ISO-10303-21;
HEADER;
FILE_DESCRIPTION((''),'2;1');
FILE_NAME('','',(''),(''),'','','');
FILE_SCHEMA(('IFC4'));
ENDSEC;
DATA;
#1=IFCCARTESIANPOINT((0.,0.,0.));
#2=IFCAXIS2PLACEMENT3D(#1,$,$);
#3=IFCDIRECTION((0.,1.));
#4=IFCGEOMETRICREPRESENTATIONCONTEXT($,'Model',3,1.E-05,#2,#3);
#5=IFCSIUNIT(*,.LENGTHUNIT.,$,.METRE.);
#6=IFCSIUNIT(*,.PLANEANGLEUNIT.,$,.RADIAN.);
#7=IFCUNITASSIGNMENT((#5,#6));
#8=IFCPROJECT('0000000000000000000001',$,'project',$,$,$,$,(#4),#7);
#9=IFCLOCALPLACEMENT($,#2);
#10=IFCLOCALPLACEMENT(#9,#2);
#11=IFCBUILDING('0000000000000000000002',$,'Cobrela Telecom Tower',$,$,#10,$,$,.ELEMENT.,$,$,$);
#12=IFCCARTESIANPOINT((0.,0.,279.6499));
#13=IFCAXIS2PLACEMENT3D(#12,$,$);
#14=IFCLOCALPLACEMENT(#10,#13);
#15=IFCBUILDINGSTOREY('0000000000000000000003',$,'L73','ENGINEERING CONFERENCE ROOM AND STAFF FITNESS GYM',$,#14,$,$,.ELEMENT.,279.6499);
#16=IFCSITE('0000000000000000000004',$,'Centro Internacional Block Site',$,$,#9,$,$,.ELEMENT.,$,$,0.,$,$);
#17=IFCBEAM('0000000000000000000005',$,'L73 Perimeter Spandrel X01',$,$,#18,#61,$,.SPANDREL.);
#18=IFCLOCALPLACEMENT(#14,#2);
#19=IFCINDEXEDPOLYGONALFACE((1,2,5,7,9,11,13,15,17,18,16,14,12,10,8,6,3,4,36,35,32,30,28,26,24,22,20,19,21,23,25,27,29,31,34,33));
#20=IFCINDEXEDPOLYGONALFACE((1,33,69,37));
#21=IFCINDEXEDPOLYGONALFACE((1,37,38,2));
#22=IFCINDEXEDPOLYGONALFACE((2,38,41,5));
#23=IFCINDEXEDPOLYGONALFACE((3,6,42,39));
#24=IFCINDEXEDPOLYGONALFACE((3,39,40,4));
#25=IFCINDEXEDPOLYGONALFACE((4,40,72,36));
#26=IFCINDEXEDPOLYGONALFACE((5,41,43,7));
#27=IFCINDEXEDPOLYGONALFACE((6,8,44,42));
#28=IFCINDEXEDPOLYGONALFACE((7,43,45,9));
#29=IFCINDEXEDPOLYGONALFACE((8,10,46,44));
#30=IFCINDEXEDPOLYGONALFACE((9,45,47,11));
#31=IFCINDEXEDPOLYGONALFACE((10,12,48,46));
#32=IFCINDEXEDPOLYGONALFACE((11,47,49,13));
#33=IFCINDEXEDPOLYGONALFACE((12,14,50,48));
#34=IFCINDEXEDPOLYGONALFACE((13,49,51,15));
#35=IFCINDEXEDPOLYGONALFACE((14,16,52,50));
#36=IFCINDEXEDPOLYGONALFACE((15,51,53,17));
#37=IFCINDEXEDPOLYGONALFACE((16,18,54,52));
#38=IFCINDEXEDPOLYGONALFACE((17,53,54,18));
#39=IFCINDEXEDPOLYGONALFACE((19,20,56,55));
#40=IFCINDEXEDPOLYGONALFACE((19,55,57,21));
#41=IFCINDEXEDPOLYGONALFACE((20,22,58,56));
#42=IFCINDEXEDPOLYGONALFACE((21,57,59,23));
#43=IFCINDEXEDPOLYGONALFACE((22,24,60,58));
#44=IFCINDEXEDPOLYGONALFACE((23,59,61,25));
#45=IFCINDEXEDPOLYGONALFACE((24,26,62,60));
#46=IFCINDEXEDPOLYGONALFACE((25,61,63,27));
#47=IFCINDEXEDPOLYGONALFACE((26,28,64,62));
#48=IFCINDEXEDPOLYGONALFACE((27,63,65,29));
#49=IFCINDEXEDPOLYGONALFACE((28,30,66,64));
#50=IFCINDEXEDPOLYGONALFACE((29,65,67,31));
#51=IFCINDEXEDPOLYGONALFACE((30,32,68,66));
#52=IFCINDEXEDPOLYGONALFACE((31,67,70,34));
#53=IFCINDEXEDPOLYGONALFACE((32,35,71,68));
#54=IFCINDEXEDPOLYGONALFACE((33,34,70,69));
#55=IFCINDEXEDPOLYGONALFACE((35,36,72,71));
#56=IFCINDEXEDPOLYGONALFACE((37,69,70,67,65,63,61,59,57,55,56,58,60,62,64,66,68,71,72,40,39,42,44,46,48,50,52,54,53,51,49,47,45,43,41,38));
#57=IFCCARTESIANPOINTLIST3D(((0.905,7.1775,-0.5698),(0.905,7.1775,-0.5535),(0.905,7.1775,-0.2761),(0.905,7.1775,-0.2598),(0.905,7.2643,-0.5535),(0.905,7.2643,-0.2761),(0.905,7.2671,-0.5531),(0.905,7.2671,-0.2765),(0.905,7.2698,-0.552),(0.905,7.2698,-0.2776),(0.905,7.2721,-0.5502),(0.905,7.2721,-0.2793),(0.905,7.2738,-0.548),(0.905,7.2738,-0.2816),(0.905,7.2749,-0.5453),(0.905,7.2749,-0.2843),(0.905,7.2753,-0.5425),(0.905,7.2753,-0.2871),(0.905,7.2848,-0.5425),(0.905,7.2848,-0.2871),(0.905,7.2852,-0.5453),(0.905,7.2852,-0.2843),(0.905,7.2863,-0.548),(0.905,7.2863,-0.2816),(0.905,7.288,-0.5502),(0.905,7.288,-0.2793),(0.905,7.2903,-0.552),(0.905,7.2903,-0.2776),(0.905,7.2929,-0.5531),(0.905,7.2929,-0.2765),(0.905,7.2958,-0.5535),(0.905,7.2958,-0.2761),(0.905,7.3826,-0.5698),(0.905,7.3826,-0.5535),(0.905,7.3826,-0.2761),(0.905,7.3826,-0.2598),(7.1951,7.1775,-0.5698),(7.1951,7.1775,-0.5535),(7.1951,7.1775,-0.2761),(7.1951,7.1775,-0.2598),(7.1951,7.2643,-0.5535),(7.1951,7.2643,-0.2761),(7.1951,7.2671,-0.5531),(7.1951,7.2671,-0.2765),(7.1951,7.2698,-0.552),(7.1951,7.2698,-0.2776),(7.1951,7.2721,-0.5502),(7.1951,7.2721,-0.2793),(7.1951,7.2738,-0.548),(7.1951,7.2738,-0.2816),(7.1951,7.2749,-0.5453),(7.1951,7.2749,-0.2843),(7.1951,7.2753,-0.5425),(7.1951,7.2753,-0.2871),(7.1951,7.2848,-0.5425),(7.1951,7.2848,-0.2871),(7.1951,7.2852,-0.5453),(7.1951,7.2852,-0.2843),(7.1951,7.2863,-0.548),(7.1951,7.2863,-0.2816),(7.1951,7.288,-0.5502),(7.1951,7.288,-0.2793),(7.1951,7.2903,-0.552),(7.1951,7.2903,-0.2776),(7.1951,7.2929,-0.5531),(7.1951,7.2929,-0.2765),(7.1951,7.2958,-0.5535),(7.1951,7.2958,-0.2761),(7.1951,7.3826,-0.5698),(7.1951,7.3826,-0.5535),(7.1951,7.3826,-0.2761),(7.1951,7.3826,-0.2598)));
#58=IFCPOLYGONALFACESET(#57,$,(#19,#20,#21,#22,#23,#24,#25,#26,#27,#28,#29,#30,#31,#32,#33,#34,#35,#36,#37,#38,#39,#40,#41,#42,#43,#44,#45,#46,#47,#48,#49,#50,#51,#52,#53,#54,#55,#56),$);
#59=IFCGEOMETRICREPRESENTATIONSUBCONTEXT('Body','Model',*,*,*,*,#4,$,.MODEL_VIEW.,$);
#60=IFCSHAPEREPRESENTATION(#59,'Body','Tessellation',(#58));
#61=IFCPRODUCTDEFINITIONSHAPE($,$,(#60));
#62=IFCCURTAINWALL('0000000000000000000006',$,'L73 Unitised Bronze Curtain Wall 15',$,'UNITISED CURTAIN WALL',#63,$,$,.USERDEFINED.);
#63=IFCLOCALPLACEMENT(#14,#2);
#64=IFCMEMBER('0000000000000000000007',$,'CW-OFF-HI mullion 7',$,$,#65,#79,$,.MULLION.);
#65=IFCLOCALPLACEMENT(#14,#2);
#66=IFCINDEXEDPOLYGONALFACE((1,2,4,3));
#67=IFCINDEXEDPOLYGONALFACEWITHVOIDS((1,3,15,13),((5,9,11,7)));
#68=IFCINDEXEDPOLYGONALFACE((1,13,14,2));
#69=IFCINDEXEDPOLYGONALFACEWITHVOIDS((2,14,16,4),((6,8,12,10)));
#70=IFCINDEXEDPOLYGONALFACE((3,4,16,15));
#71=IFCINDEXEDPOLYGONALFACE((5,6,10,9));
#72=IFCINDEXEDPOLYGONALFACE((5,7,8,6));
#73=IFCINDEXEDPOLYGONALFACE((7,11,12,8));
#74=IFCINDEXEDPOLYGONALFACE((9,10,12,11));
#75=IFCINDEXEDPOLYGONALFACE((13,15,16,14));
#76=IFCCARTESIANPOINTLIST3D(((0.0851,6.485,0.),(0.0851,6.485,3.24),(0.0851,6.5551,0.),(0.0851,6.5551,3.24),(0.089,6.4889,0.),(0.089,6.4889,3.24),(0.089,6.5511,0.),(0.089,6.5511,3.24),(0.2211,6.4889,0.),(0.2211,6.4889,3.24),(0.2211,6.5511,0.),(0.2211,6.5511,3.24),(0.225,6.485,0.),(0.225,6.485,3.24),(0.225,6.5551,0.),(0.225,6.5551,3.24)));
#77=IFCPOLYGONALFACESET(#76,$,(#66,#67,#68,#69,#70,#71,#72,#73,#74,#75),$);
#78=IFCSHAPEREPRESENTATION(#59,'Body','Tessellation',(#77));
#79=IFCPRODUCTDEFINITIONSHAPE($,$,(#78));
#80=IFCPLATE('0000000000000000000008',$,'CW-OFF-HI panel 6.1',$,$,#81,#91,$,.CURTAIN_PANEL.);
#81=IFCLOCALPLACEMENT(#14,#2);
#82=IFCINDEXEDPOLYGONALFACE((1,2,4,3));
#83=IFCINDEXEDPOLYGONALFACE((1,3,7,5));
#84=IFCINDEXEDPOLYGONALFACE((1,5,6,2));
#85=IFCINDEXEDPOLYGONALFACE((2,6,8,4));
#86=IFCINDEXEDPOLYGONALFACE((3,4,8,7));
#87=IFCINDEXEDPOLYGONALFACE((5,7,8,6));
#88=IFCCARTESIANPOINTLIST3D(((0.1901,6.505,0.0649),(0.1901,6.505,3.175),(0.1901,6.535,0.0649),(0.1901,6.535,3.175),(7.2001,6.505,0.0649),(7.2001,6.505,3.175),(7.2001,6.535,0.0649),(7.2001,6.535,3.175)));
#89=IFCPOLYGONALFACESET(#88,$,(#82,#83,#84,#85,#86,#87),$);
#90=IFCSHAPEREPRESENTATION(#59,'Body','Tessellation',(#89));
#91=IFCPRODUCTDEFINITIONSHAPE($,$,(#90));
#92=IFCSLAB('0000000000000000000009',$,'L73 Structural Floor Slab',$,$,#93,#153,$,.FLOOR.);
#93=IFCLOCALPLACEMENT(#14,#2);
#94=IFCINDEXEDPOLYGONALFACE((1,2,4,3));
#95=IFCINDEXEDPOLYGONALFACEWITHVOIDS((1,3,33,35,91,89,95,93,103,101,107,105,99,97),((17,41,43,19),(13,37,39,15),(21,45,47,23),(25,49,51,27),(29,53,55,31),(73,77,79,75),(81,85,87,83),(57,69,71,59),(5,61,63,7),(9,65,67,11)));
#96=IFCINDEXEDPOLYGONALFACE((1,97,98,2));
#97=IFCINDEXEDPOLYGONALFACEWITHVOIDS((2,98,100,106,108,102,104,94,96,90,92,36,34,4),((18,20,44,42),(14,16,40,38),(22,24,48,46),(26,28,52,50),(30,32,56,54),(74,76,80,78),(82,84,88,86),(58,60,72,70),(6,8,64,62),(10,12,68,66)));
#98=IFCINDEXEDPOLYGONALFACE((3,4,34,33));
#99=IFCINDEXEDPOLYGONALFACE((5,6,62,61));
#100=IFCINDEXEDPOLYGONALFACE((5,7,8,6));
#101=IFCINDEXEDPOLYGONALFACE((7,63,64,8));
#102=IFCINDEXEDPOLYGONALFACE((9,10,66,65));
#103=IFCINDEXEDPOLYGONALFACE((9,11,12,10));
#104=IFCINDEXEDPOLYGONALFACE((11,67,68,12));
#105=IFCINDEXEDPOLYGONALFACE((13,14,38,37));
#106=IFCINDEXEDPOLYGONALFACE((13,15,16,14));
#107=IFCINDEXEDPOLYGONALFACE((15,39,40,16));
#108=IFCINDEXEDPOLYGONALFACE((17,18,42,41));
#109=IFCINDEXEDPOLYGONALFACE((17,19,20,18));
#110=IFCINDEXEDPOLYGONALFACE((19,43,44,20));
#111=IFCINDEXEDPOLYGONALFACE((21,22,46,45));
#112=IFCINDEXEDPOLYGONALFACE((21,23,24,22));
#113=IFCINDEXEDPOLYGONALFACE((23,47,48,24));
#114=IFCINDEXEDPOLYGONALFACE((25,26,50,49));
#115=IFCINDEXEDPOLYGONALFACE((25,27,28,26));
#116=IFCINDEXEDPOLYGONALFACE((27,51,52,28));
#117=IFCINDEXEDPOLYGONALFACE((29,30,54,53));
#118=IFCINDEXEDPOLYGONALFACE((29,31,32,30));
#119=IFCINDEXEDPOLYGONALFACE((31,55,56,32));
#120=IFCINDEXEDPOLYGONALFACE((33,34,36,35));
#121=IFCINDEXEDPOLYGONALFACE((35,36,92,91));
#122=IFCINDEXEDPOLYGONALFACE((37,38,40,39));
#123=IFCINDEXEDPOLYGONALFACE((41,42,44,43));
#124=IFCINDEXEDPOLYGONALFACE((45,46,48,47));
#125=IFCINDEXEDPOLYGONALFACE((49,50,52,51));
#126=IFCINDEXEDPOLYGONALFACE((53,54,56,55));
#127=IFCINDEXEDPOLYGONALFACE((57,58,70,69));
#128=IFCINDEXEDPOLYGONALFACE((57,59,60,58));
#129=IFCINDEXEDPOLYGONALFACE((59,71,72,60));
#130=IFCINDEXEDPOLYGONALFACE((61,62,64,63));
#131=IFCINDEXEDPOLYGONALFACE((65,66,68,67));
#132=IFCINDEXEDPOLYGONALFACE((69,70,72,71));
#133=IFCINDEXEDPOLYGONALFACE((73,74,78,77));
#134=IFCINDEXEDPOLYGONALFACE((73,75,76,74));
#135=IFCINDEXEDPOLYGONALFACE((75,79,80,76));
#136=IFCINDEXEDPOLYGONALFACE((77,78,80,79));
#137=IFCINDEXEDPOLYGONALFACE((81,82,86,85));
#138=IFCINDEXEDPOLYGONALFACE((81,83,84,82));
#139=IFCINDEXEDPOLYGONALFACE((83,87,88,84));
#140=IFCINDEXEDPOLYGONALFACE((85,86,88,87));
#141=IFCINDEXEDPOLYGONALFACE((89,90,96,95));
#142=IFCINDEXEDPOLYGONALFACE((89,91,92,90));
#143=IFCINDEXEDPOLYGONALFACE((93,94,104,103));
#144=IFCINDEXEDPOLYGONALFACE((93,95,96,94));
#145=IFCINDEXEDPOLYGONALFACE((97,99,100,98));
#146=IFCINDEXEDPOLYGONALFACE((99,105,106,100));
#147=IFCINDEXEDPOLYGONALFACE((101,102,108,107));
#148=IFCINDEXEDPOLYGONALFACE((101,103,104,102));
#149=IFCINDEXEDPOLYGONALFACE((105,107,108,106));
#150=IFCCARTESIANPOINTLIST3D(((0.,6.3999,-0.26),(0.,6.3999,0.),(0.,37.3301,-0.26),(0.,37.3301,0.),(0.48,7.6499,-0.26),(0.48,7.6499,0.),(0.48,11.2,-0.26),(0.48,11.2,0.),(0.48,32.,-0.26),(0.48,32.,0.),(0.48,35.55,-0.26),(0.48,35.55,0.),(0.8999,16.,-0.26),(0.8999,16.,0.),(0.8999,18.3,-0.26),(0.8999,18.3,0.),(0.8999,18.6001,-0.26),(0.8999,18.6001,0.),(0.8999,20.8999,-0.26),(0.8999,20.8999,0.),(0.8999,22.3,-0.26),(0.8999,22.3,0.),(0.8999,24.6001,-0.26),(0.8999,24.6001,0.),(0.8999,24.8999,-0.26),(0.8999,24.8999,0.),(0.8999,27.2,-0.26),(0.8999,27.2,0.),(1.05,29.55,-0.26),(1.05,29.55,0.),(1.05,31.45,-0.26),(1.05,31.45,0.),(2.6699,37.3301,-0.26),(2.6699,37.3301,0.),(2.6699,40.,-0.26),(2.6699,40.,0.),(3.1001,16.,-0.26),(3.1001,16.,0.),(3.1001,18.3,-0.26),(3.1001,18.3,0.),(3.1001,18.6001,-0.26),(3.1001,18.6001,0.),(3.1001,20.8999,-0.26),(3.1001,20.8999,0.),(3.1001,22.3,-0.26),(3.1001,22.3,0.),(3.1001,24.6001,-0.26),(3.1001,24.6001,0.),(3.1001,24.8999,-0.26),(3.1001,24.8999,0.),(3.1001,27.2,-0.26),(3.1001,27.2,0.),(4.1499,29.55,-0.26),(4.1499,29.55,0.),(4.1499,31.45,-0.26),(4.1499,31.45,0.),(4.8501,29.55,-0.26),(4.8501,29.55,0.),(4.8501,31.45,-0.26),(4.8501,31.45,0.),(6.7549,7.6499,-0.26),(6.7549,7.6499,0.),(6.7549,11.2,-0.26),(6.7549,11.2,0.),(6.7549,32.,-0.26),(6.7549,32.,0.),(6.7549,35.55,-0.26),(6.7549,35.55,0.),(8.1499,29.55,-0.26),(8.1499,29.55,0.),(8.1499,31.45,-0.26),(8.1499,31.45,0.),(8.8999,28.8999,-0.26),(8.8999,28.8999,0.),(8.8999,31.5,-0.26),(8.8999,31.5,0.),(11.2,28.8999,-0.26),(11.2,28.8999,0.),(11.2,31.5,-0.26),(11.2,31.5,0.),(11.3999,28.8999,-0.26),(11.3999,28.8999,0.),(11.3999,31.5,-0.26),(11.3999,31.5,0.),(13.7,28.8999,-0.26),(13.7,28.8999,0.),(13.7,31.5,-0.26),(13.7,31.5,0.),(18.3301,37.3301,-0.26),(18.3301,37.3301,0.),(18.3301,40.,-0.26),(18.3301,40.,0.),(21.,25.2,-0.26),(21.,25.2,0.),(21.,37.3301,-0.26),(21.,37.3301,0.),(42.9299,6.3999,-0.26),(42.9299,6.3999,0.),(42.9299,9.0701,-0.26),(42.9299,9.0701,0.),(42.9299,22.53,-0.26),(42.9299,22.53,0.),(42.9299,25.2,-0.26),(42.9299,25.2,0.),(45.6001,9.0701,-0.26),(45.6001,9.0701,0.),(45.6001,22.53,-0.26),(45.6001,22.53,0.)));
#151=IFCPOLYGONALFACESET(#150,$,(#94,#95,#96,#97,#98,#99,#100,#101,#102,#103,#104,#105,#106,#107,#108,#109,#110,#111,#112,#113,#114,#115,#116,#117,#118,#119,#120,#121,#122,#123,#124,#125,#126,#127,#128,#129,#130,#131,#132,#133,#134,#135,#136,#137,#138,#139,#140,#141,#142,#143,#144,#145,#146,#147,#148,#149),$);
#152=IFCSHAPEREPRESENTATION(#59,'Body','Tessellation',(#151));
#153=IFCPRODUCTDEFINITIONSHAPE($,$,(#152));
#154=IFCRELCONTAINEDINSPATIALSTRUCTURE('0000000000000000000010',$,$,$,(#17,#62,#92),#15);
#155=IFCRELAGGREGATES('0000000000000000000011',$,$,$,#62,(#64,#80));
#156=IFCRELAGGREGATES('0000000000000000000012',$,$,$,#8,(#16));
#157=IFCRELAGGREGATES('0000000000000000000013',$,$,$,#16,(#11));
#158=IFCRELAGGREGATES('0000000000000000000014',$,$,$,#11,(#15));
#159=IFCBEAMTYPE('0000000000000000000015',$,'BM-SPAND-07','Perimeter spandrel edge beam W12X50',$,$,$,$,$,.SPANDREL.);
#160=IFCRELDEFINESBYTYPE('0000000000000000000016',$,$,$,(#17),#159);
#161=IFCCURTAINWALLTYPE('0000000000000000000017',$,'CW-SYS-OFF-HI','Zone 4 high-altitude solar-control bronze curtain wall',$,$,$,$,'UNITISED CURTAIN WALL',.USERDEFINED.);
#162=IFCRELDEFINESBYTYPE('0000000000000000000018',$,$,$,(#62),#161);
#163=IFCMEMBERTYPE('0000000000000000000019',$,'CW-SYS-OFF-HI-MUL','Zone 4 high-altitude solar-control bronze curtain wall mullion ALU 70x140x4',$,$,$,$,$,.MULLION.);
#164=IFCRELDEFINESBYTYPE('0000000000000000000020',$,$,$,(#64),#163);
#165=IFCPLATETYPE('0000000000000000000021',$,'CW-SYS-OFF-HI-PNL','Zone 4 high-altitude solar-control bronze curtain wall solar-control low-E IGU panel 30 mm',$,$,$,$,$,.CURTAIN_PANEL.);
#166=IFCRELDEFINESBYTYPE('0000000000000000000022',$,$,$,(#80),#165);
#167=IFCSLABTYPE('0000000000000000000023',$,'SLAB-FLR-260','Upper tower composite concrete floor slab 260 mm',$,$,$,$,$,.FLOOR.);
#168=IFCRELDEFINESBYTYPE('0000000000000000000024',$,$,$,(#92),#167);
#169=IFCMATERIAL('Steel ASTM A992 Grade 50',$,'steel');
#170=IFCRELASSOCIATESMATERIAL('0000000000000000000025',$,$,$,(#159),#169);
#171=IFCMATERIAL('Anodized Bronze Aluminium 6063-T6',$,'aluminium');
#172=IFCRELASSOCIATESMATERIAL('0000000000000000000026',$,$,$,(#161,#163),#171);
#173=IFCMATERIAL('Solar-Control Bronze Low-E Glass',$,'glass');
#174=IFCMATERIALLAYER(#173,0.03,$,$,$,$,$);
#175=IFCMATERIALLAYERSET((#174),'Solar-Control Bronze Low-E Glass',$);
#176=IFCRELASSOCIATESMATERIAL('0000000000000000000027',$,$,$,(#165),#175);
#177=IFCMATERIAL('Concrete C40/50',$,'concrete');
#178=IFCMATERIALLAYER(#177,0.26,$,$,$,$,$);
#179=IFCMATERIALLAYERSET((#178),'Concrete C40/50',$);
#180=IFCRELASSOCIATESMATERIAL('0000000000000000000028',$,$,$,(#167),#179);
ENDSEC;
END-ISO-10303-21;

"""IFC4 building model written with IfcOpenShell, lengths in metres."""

from ifc_helpers import new_model, si_unit, direction, frame, origin, origin_2d, place, context, subcontext, project, spatial, polyline, rectangle, hollow_rectangle, i_section, outline, extrude, material, layer, layer_set, material_profile, profile_set, type_object, element, aggregate, save


model = new_model("IFC4")

# Units and contexts
model_context = context("Model", 3, precision=1e-05, world=origin(), true_north=direction((0.0, 1.0)))
body_context = subcontext(model_context, "Body", "Model", "MODEL_VIEW")
ifc_project = project(units=[si_unit("LENGTHUNIT", "METRE"), si_unit("PLANEANGLEUNIT", "RADIAN")], contexts=[model_context])

# Site, building, storey
site_placement = place(None, origin())
site = spatial("IfcSite", under=ifc_project, at=site_placement, Name="Centro Internacional Block Site", CompositionType="ELEMENT", RefElevation=0.0)
building_placement = place(site_placement, origin())
building = spatial("IfcBuilding", under=site, at=building_placement, Name="Cobrela Telecom Tower", CompositionType="ELEMENT")
storey_placement = place(building_placement, frame((0.0, 0.0, 279.6499)))
storey = spatial("IfcBuildingStorey", under=building, at=storey_placement, Name="L73", Description="ENGINEERING CONFERENCE ROOM AND STAFF FITNESS GYM", CompositionType="ELEMENT", Elevation=279.6499)

# Beam
ifc_material_1 = material(Name="Steel ASTM A992 Grade 50", Category="steel")
ifc_material_profile_1 = material_profile(ifc_material_1, i_section(OverallWidth=0.2051, OverallDepth=0.3101, WebThickness=0.0095, FlangeThickness=0.0164, FilletRadius=0.011, at=origin_2d()), Name="W12X50")
ifc_profile_set_1 = profile_set([ifc_material_profile_1], Name="Steel ASTM A992 Grade 50")
beam_type = type_object("IfcBeamType", Name="BM-SPAND-07", Description="Perimeter spandrel edge beam W12X50", PredefinedType="SPANDREL", material=ifc_profile_set_1)
beam_placement = place(storey_placement, frame((0.905, 7.28, -0.4148), z_axis=(1.0, 0.0, 0.0), x_axis=(0.0, 1.0, 0.0)))
element("IfcBeam", 1, at=beam_placement, inside=storey, type_object=beam_type, Name="L73 Perimeter Spandrel X01", PredefinedType="SPANDREL", context=body_context, shape_type="SweptSolid", body=[
    extrude(i_section(OverallWidth=0.2051, OverallDepth=0.3101, WebThickness=0.0095, FlangeThickness=0.0164, FilletRadius=0.011, at=origin_2d()), origin(), (0.0, 0.0, 1.0), 6.29),
])

# Curtain wall, member, plate
ifc_material_2 = material(Name="Anodized Bronze Aluminium 6063-T6", Category="aluminium")
curtain_wall_type = type_object("IfcCurtainWallType", Name="CW-SYS-OFF-HI", Description="Zone 4 high-altitude solar-control bronze curtain wall", ElementType="UNITISED CURTAIN WALL", PredefinedType="USERDEFINED", material=ifc_material_2)
curtain_wall_placement = place(storey_placement, origin())
curtain_wall = element("IfcCurtainWall", 2, at=curtain_wall_placement, inside=storey, type_object=curtain_wall_type, Name="L73 Unitised Bronze Curtain Wall 15", ObjectType="UNITISED CURTAIN WALL", PredefinedType="USERDEFINED")
ifc_material_profile_2 = material_profile(ifc_material_2, hollow_rectangle(XDim=0.0701, YDim=0.1399, WallThickness=0.0039, at=origin_2d()), Name="ALU 70x140x4")
ifc_profile_set_2 = profile_set([ifc_material_profile_2], Name="Anodized Bronze Aluminium 6063-T6")
member_type = type_object("IfcMemberType", Name="CW-SYS-OFF-HI-MUL", Description="Zone 4 high-altitude solar-control bronze curtain wall mullion ALU 70x140x4", PredefinedType="MULLION", material=ifc_profile_set_2)
member_placement = place(storey_placement, frame((0.155, 6.52, 0.0), z_axis=(0.0, 0.0, 1.0), x_axis=(0.0, -1.0, 0.0)))
member = element("IfcMember", 3, at=member_placement, type_object=member_type, Name="CW-OFF-HI mullion 7", PredefinedType="MULLION", context=body_context, shape_type="SweptSolid", body=[
    extrude(hollow_rectangle(XDim=0.0701, YDim=0.1399, WallThickness=0.0039, at=origin_2d()), origin(), (0.0, 0.0, 1.0), 3.24),
])
ifc_material_3 = material(Name="Solar-Control Bronze Low-E Glass", Category="glass")
ifc_layer_1 = layer(ifc_material_3, 0.03)
ifc_layer_set_1 = layer_set([ifc_layer_1], Name="Solar-Control Bronze Low-E Glass")
plate_type = type_object("IfcPlateType", Name="CW-SYS-OFF-HI-PNL", Description="Zone 4 high-altitude solar-control bronze curtain wall solar-control low-E IGU panel 30 mm", PredefinedType="CURTAIN_PANEL", material=ifc_layer_set_1)
plate_placement = place(storey_placement, frame((3.6951, 6.52, 0.0649), z_axis=(0.0, 0.0, 1.0), x_axis=(-1.0, 0.0, 0.0)))
plate = element("IfcPlate", 4, at=plate_placement, type_object=plate_type, Name="CW-OFF-HI panel 6.1", PredefinedType="CURTAIN_PANEL", context=body_context, shape_type="SweptSolid", body=[
    extrude(rectangle(XDim=7.01, YDim=0.03, at=origin_2d()), origin(), (0.0, 0.0, 1.0), 3.1101),
])
aggregate(curtain_wall, [member, plate])

# Slab, openings
ifc_material_4 = material(Name="Concrete C40/50", Category="concrete")
ifc_layer_2 = layer(ifc_material_4, 0.26)
ifc_layer_set_2 = layer_set([ifc_layer_2], Name="Concrete C40/50")
slab_type_1 = type_object("IfcSlabType", Name="SLAB-FLR-260", Description="Upper tower composite concrete floor slab 260 mm", PredefinedType="FLOOR", material=ifc_layer_set_2)
slab_1_placement = place(storey_placement, frame((0.0, 0.0, -0.26)))
slab_1 = element("IfcSlab", 5, at=slab_1_placement, inside=storey, type_object=slab_type_1, Name="L73 Structural Floor Slab", PredefinedType="FLOOR", context=body_context, shape_type="SweptSolid", body=[
    extrude(outline(polyline([(0.0, 6.3999), (42.9299, 6.3999), (42.9299, 9.0701), (45.6001, 9.0701), (45.6001, 22.53), (42.9299, 22.53), (42.9299, 25.2), (21.0, 25.2), (21.0, 37.3301), (18.3301, 37.3301), (18.3301, 40.0), (2.6699, 40.0), (2.6699, 37.3301), (0.0, 37.3301), (0.0, 6.3999)])), origin(), (0.0, 0.0, 1.0), 0.26),
])
opening_1_placement = place(slab_1_placement, frame((0.0, 0.0, -0.02)))
element("IfcOpeningElement", 6, at=opening_1_placement, cuts=slab_1, PredefinedType="OPENING", context=body_context, shape_type="SweptSolid", body=[
    extrude(outline(polyline([(8.8999, 28.8999), (11.2, 28.8999), (11.2, 31.5), (8.8999, 31.5), (8.8999, 28.8999)])), origin(), (0.0, 0.0, 1.0), 0.3),
])
opening_2_placement = place(slab_1_placement, frame((0.0, 0.0, -0.02)))
element("IfcOpeningElement", 7, at=opening_2_placement, cuts=slab_1, PredefinedType="OPENING", context=body_context, shape_type="SweptSolid", body=[
    extrude(outline(polyline([(11.3999, 28.8999), (13.7, 28.8999), (13.7, 31.5), (11.3999, 31.5), (11.3999, 28.8999)])), origin(), (0.0, 0.0, 1.0), 0.3),
])
opening_3_placement = place(slab_1_placement, frame((0.0, 0.0, -0.02)))
element("IfcOpeningElement", 8, at=opening_3_placement, cuts=slab_1, PredefinedType="OPENING", context=body_context, shape_type="SweptSolid", body=[
    extrude(outline(polyline([(0.8999, 16.0), (3.1001, 16.0), (3.1001, 18.3), (0.8999, 18.3), (0.8999, 16.0)])), origin(), (0.0, 0.0, 1.0), 0.3),
])
opening_4_placement = place(slab_1_placement, frame((0.0, 0.0, -0.02)))
element("IfcOpeningElement", 9, at=opening_4_placement, cuts=slab_1, PredefinedType="OPENING", context=body_context, shape_type="SweptSolid", body=[
    extrude(outline(polyline([(0.8999, 18.6001), (3.1001, 18.6001), (3.1001, 20.8999), (0.8999, 20.8999), (0.8999, 18.6001)])), origin(), (0.0, 0.0, 1.0), 0.3),
])
opening_5_placement = place(slab_1_placement, frame((0.0, 0.0, -0.02)))
element("IfcOpeningElement", 10, at=opening_5_placement, cuts=slab_1, PredefinedType="OPENING", context=body_context, shape_type="SweptSolid", body=[
    extrude(outline(polyline([(0.8999, 22.3), (3.1001, 22.3), (3.1001, 24.6001), (0.8999, 24.6001), (0.8999, 22.3)])), origin(), (0.0, 0.0, 1.0), 0.3),
])
opening_6_placement = place(slab_1_placement, frame((0.0, 0.0, -0.02)))
element("IfcOpeningElement", 11, at=opening_6_placement, cuts=slab_1, PredefinedType="OPENING", context=body_context, shape_type="SweptSolid", body=[
    extrude(outline(polyline([(0.8999, 24.8999), (3.1001, 24.8999), (3.1001, 27.2), (0.8999, 27.2), (0.8999, 24.8999)])), origin(), (0.0, 0.0, 1.0), 0.3),
])
opening_7_placement = place(slab_1_placement, frame((0.0, 0.0, -0.02)))
element("IfcOpeningElement", 12, at=opening_7_placement, cuts=slab_1, PredefinedType="OPENING", context=body_context, shape_type="SweptSolid", body=[
    extrude(outline(polyline([(1.05, 29.55), (4.1499, 29.55), (4.1499, 31.45), (1.05, 31.45), (1.05, 29.55)])), origin(), (0.0, 0.0, 1.0), 0.3),
])
opening_8_placement = place(slab_1_placement, frame((0.0, 0.0, -0.02)))
element("IfcOpeningElement", 13, at=opening_8_placement, cuts=slab_1, PredefinedType="OPENING", context=body_context, shape_type="SweptSolid", body=[
    extrude(outline(polyline([(4.8501, 29.55), (8.1499, 29.55), (8.1499, 31.45), (4.8501, 31.45), (4.8501, 29.55)])), origin(), (0.0, 0.0, 1.0), 0.3),
])
opening_9_placement = place(slab_1_placement, frame((0.0, 0.0, -0.02)))
element("IfcOpeningElement", 14, at=opening_9_placement, cuts=slab_1, PredefinedType="OPENING", context=body_context, shape_type="SweptSolid", body=[
    extrude(outline(polyline([(6.7549, 35.55), (0.48, 35.55), (0.48, 32.0), (6.7549, 32.0), (6.7549, 35.55)])), origin(), (0.0, 0.0, 1.0), 0.3),
])
opening_10_placement = place(slab_1_placement, frame((0.0, 0.0, -0.02)))
element("IfcOpeningElement", 15, at=opening_10_placement, cuts=slab_1, PredefinedType="OPENING", context=body_context, shape_type="SweptSolid", body=[
    extrude(outline(polyline([(6.7549, 11.2), (0.48, 11.2), (0.48, 7.6499), (6.7549, 7.6499), (6.7549, 11.2)])), origin(), (0.0, 0.0, 1.0), 0.3),
])

save(model, "model.ifc")
